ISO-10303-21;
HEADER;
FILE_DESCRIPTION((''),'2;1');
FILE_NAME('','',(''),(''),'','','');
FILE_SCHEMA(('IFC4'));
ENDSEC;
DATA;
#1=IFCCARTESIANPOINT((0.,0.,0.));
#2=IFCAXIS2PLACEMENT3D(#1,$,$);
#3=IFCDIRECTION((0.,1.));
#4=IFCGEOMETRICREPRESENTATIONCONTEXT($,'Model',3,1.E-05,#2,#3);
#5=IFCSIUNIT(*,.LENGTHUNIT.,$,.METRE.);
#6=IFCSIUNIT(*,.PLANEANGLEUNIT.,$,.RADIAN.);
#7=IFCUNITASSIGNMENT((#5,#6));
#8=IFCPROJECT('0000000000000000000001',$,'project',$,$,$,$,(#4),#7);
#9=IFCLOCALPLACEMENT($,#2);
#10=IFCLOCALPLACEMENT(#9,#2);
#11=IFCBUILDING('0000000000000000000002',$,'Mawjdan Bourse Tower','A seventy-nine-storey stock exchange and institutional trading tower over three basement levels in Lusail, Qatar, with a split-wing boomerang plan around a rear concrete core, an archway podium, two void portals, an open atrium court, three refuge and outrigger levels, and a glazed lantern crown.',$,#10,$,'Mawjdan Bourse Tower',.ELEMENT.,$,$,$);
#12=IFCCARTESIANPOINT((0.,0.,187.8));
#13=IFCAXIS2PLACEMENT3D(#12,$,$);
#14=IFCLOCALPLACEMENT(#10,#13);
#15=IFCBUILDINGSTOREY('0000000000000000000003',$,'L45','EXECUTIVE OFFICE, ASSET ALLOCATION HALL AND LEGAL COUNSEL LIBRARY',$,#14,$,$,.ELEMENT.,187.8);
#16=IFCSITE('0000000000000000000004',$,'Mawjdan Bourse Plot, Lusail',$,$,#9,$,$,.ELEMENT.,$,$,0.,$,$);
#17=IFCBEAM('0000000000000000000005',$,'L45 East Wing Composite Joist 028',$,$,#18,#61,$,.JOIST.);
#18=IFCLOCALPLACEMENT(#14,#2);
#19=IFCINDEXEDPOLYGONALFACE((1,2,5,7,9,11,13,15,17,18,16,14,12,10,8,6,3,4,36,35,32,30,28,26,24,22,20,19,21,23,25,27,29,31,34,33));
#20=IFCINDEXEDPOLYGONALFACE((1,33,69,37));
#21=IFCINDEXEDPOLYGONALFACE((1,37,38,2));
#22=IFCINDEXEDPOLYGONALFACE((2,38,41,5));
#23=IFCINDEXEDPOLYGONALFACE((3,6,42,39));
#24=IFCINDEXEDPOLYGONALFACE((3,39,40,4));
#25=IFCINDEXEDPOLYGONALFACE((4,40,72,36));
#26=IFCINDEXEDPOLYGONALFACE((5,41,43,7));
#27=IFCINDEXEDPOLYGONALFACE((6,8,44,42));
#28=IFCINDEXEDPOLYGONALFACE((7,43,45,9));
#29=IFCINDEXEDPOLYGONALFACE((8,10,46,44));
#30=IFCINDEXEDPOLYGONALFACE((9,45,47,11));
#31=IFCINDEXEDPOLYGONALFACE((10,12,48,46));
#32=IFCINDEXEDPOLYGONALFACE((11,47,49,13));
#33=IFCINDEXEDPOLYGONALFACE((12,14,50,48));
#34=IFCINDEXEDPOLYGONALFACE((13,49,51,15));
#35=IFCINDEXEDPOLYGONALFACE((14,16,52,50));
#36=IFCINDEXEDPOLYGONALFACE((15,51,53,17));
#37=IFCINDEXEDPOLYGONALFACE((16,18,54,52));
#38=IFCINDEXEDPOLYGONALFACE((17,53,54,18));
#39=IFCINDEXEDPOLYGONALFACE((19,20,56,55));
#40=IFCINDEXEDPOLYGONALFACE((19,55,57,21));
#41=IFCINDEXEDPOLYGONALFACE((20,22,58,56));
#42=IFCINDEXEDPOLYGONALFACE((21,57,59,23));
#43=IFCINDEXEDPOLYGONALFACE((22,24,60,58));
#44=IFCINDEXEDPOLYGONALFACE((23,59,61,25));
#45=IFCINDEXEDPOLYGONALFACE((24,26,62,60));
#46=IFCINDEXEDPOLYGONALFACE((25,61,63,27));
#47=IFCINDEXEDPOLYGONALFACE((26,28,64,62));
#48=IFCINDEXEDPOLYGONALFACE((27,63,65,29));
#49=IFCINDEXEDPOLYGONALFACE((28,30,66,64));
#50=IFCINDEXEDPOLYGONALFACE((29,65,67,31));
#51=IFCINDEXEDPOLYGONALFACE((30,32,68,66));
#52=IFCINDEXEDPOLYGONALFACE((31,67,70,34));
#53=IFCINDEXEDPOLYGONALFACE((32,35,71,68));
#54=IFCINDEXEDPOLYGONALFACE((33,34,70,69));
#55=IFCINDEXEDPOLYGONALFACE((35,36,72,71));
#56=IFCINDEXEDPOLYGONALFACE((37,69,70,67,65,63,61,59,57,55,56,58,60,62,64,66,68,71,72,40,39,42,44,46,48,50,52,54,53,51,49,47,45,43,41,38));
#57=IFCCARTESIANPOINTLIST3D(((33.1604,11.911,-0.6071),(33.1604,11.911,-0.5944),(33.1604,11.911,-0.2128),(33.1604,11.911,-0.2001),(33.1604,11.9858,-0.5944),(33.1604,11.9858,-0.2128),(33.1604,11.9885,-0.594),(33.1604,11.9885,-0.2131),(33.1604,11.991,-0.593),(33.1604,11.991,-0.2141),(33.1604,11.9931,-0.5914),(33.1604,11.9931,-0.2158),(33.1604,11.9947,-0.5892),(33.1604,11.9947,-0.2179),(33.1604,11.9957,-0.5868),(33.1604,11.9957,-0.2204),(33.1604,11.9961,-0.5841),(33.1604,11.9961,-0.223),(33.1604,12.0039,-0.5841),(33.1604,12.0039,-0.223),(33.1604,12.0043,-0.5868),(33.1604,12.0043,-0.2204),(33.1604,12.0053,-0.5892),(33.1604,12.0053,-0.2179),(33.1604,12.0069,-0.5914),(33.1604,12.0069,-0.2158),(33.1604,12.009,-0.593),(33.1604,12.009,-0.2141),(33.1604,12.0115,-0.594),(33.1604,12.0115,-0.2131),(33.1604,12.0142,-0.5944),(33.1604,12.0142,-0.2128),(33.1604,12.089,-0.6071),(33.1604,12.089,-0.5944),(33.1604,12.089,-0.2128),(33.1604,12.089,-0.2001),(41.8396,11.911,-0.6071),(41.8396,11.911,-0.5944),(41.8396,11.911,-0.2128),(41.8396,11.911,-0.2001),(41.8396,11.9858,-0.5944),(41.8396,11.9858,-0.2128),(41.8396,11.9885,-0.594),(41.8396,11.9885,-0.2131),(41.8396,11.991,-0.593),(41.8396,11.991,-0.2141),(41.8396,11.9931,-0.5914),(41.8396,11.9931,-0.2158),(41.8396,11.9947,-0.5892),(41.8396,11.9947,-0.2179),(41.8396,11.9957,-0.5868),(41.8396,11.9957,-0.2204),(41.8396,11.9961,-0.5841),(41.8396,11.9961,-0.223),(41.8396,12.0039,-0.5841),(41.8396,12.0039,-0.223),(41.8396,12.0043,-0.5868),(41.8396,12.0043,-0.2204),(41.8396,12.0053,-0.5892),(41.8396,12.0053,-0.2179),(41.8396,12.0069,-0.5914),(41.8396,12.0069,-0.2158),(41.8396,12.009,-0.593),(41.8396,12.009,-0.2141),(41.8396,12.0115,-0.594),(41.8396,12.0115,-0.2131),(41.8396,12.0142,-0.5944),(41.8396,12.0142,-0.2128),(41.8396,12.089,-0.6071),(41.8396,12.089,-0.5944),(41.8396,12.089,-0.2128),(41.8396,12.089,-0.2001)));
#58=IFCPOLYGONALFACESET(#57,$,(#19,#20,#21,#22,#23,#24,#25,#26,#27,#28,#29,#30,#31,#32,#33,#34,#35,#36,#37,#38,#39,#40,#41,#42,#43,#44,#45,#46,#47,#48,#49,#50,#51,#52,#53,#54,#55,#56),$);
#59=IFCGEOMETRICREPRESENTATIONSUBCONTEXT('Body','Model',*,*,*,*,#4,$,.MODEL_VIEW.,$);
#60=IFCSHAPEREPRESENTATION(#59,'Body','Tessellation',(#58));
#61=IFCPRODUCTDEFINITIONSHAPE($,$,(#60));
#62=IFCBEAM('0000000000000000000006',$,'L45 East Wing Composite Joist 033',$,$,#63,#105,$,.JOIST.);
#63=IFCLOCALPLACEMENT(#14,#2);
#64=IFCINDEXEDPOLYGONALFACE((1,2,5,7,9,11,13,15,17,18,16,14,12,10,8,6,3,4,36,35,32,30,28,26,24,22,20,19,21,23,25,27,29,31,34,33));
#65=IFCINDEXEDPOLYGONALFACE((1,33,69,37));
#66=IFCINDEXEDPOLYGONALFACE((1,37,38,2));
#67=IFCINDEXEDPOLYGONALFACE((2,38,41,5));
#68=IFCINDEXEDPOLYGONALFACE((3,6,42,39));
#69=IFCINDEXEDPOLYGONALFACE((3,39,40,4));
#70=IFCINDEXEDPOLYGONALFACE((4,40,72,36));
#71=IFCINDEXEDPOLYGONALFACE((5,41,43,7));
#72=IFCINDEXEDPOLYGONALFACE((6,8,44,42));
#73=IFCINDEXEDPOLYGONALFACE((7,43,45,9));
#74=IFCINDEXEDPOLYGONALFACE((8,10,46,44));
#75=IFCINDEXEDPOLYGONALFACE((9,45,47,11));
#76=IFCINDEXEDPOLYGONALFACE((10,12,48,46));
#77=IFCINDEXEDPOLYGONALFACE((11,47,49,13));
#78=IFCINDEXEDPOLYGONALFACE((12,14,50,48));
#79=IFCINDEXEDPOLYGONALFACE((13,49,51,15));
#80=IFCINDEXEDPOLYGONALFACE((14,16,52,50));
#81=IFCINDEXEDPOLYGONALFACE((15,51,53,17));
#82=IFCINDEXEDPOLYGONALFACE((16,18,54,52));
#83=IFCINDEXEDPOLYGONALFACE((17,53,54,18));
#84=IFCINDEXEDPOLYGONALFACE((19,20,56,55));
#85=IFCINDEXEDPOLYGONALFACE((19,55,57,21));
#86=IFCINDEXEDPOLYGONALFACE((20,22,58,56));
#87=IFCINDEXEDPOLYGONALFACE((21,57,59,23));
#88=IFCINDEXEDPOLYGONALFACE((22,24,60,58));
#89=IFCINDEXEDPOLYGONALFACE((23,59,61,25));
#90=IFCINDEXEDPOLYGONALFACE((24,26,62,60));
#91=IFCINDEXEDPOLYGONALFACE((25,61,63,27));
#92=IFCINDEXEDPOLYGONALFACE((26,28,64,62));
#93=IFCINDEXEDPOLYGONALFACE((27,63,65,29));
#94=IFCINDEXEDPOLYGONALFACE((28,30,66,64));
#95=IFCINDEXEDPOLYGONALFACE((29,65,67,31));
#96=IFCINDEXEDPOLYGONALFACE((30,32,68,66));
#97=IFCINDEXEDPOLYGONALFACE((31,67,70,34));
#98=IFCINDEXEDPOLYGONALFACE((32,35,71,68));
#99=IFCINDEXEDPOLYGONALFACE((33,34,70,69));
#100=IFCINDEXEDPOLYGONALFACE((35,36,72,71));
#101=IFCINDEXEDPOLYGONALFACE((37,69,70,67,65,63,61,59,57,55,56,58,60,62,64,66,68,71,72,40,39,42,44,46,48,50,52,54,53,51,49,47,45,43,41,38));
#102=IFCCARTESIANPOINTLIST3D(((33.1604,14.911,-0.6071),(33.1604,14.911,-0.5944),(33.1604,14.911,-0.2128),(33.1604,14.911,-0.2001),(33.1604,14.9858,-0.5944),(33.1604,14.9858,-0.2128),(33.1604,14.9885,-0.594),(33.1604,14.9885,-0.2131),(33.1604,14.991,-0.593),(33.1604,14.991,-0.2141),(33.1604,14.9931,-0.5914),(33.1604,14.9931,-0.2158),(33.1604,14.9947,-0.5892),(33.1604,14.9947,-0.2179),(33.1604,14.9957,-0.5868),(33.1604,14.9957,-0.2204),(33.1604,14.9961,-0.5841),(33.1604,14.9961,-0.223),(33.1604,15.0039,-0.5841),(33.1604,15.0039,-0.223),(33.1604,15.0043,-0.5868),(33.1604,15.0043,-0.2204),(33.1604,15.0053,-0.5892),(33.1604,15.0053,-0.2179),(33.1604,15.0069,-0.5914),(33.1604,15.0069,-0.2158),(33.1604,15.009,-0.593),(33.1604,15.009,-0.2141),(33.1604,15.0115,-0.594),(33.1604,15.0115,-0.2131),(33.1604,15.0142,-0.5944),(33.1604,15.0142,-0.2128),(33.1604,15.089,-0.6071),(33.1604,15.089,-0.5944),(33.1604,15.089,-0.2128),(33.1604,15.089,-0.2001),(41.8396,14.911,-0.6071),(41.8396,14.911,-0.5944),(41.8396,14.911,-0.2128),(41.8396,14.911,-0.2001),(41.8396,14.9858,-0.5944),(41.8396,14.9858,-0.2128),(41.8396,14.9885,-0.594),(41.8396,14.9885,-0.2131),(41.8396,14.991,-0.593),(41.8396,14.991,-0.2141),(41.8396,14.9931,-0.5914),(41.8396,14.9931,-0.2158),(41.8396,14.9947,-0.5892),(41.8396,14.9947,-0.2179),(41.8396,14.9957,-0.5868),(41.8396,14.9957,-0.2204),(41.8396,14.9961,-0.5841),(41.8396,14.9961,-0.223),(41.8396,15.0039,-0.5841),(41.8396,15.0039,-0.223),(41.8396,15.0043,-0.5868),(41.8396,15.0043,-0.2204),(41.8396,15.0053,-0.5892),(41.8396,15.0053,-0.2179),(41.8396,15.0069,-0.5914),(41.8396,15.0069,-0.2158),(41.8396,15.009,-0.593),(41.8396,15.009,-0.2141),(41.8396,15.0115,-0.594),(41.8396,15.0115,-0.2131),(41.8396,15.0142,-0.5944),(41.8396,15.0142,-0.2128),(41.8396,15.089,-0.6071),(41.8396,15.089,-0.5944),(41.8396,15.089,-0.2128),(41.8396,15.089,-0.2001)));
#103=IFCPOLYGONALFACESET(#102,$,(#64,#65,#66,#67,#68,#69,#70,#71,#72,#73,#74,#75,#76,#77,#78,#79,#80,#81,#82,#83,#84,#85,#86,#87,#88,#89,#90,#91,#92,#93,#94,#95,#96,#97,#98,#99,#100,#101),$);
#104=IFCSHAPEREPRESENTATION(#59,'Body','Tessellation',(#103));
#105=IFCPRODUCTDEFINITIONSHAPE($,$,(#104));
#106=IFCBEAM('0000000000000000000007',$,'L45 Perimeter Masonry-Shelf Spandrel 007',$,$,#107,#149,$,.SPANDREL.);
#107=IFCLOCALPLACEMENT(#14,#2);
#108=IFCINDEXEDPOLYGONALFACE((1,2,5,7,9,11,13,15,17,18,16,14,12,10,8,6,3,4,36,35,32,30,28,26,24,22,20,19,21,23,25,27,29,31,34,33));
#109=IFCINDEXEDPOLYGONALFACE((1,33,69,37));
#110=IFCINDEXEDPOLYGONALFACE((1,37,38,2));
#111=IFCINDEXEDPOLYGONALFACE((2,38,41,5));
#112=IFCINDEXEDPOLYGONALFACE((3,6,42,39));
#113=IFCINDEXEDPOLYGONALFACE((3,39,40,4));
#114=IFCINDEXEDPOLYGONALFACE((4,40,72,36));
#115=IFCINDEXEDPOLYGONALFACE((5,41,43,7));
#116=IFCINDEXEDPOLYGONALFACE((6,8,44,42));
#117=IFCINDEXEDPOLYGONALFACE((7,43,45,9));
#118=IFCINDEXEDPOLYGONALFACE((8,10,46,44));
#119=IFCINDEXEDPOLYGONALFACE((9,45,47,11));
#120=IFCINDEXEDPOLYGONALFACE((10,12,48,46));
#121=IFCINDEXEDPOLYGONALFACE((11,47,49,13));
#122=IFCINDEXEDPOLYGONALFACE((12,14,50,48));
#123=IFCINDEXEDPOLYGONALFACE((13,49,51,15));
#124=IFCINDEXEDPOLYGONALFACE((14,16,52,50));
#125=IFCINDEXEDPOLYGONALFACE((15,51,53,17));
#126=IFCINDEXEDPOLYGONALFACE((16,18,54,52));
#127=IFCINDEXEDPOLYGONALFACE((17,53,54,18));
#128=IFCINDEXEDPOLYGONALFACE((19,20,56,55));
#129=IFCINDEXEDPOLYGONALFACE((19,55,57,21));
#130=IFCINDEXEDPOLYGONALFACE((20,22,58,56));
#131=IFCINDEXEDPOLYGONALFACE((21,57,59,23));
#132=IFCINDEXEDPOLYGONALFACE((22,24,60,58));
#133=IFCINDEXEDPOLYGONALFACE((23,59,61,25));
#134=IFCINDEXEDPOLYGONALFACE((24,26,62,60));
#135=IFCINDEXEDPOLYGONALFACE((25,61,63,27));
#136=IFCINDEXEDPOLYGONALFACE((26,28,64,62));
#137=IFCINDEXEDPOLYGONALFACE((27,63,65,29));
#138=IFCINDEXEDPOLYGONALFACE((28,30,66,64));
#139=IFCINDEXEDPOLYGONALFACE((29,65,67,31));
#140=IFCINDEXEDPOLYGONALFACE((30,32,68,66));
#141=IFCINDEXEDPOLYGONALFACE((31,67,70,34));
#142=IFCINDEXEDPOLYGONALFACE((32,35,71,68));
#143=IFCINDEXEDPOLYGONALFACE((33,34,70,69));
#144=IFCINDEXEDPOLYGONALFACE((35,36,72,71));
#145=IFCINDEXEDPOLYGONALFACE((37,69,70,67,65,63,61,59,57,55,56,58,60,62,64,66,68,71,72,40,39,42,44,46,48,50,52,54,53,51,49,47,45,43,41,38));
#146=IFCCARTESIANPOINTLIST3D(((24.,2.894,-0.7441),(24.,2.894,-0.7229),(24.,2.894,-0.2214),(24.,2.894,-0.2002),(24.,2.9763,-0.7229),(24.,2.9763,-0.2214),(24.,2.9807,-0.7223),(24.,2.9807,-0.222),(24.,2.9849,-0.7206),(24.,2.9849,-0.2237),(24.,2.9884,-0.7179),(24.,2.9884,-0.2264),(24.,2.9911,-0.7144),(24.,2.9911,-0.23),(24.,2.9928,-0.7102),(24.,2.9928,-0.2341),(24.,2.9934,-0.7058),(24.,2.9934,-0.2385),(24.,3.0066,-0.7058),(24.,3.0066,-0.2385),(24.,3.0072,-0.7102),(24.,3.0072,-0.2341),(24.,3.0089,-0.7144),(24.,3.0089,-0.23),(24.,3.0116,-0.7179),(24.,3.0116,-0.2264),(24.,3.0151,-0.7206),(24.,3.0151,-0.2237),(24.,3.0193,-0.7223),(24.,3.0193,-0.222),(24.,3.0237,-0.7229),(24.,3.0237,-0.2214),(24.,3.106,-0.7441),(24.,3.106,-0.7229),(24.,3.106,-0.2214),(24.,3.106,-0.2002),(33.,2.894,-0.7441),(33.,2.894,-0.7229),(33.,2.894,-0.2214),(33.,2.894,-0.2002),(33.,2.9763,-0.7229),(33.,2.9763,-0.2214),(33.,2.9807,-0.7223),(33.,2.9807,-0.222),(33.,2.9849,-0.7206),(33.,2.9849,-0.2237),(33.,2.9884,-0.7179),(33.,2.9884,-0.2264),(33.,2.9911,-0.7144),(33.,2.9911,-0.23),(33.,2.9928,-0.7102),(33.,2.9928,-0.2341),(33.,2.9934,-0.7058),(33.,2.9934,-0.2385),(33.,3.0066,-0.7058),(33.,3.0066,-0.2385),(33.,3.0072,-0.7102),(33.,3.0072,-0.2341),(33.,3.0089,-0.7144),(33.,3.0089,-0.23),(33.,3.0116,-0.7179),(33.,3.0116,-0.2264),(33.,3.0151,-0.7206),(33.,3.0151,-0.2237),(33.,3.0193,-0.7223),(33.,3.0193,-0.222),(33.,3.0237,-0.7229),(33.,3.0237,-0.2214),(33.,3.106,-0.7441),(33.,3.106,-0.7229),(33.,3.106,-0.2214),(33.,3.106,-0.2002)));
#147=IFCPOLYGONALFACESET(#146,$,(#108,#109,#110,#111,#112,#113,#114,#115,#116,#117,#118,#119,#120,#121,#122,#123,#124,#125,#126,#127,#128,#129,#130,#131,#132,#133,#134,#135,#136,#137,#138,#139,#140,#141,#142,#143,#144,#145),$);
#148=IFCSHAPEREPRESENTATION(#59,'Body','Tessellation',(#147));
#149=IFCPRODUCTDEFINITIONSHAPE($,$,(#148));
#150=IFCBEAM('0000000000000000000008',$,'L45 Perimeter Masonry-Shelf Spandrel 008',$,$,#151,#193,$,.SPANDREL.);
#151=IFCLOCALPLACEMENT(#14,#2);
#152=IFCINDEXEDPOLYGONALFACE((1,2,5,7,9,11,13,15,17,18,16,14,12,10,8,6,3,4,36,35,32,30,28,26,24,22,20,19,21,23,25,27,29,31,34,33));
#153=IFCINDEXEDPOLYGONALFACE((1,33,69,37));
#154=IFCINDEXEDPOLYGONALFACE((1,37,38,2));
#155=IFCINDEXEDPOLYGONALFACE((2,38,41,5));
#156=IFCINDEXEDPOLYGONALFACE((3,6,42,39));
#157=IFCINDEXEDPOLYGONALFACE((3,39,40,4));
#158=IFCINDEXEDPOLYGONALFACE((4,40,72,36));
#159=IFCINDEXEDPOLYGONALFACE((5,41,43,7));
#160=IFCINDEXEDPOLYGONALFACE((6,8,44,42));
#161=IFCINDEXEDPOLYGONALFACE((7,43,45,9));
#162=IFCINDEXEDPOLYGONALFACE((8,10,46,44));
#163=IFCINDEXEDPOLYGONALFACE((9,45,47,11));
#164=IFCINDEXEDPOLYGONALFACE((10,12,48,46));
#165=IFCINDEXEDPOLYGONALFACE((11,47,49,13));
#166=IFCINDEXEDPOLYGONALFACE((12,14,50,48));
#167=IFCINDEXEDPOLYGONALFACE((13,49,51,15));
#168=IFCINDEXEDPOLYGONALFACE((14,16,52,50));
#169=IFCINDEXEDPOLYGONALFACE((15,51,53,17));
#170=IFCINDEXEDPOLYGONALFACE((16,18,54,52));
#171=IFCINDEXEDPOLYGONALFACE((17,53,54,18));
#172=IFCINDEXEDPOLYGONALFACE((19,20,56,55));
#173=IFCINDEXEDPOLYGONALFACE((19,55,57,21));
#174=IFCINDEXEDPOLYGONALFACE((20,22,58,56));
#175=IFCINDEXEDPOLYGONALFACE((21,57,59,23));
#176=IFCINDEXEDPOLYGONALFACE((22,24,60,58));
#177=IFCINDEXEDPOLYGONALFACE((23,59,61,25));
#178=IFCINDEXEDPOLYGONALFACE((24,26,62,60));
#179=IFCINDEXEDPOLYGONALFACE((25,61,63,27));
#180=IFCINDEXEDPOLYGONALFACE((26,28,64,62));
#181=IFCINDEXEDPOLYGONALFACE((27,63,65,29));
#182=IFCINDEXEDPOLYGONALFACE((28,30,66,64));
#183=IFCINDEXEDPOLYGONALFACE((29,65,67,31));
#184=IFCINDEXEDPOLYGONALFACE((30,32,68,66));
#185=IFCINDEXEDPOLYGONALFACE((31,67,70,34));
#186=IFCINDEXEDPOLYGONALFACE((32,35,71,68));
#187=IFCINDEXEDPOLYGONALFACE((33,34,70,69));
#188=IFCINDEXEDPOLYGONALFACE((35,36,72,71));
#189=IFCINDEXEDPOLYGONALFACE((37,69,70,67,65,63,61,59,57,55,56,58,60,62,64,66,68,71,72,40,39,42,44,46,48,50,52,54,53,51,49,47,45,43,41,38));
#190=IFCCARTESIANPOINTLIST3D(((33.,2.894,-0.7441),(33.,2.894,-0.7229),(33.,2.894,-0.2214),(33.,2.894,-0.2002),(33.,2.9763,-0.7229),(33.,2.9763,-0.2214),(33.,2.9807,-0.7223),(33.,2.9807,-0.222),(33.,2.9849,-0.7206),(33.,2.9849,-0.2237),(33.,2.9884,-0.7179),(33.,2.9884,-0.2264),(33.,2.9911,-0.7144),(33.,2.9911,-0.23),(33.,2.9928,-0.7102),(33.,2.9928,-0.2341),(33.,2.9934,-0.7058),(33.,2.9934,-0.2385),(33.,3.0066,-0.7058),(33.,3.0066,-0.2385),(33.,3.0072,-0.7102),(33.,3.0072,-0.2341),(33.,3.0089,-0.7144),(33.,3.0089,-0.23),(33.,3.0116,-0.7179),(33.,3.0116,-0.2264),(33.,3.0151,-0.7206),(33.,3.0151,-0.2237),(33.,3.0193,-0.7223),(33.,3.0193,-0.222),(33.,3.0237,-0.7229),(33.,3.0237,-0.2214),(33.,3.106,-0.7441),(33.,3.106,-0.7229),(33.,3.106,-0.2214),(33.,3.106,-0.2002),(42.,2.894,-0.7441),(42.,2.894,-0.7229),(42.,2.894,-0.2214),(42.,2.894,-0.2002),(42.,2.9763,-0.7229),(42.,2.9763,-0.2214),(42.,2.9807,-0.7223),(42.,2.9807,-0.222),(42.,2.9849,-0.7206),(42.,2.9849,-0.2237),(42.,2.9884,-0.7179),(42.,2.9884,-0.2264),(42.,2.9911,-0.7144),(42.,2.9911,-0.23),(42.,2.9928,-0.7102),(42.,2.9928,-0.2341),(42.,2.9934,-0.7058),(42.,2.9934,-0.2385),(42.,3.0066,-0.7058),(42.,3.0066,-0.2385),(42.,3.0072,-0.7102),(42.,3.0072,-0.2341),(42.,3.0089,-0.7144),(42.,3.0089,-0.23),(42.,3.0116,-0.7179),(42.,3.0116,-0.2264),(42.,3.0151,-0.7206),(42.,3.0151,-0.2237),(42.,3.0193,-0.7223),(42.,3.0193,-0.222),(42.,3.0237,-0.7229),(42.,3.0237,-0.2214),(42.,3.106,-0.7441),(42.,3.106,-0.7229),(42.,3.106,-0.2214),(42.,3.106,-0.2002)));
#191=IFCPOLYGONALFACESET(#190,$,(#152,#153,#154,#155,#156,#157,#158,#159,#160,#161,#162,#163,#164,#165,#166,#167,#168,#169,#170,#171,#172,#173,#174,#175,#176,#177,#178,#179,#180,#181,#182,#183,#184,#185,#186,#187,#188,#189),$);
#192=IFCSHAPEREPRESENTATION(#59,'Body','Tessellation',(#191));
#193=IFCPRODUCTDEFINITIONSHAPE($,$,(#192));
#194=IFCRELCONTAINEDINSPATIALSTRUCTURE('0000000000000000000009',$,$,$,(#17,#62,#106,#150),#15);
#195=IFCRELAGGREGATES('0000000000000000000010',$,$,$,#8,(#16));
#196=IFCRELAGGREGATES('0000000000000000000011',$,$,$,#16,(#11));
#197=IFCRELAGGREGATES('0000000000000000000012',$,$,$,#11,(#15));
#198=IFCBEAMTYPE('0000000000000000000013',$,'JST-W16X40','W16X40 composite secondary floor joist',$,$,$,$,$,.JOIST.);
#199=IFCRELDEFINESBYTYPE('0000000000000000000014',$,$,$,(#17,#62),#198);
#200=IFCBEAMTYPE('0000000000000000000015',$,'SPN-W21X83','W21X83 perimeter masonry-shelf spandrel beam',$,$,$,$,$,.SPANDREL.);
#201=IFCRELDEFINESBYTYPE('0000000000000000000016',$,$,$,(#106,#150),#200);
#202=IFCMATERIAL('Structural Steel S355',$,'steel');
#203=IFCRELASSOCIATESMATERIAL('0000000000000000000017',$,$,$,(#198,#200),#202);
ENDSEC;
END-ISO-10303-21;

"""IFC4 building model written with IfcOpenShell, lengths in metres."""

from ifc_helpers import new_model, si_unit, direction, frame, origin, origin_2d, place, context, subcontext, project, spatial, i_section, extrude, material, material_profile, profile_set, type_object, element, save


model = new_model("IFC4")

# Units and contexts
model_context = context("Model", 3, precision=1e-05, world=origin(), true_north=direction((0.0, 1.0)))
body_context = subcontext(model_context, "Body", "Model", "MODEL_VIEW")
ifc_project = project(units=[si_unit("LENGTHUNIT", "METRE"), si_unit("PLANEANGLEUNIT", "RADIAN")], contexts=[model_context])

# Site, building, storey
site_placement = place(None, origin())
site = spatial("IfcSite", under=ifc_project, at=site_placement, Name="Mawjdan Bourse Plot, Lusail", CompositionType="ELEMENT", RefElevation=0.0)
building_placement = place(site_placement, origin())
building = spatial("IfcBuilding", under=site, at=building_placement, Name="Mawjdan Bourse Tower", Description="A seventy-nine-storey stock exchange and institutional trading tower over three basement levels in Lusail, Qatar, with a split-wing boomerang plan around a rear concrete core, an archway podium, two void portals, an open atrium court, three refuge and outrigger levels, and a glazed lantern crown.", LongName="Mawjdan Bourse Tower", CompositionType="ELEMENT")
storey_placement = place(building_placement, frame((0.0, 0.0, 187.8)))
storey = spatial("IfcBuildingStorey", under=building, at=storey_placement, Name="L45", Description="EXECUTIVE OFFICE, ASSET ALLOCATION HALL AND LEGAL COUNSEL LIBRARY", CompositionType="ELEMENT", Elevation=187.8)

# Beams
ifc_material_1 = material(Name="Structural Steel S355", Category="steel")
ifc_material_profile_1 = material_profile(ifc_material_1, i_section(OverallWidth=0.178, OverallDepth=0.407, WebThickness=0.0078, FlangeThickness=0.0127, FilletRadius=0.0103, at=origin_2d()), Name="W16X40")
ifc_profile_set_1 = profile_set([ifc_material_profile_1], Name="Structural Steel S355")
beam_type_1 = type_object("IfcBeamType", Name="JST-W16X40", Description="W16X40 composite secondary floor joist", PredefinedType="JOIST", material=ifc_profile_set_1)
for number, where, z_axis, x_axis, name in (
    (1, (33.1604, 12.0, -0.4036), (1.0, 0.0, 0.0), (0.0, 1.0, 0.0), "L45 East Wing Composite Joist 028"),
    (2, (33.1604, 15.0, -0.4036), (1.0, 0.0, 0.0), (0.0, 1.0, 0.0), "L45 East Wing Composite Joist 033"),
):
    element("IfcBeam", number, at=place(storey_placement, frame(where, z_axis=z_axis, x_axis=x_axis)), inside=storey, type_object=beam_type_1, Name=name, PredefinedType="JOIST", context=body_context, shape_type="SweptSolid", body=[
        extrude(i_section(OverallWidth=0.178, OverallDepth=0.407, WebThickness=0.0078, FlangeThickness=0.0127, FilletRadius=0.0103, at=origin_2d()), origin(), (0.0, 0.0, 1.0), 8.6792),
    ])
ifc_material_profile_2 = material_profile(ifc_material_1, i_section(OverallWidth=0.2119, OverallDepth=0.5439, WebThickness=0.0132, FlangeThickness=0.0212, FilletRadius=0.0171, at=origin_2d()), Name="W21X83")
ifc_profile_set_2 = profile_set([ifc_material_profile_2], Name="Structural Steel S355")
beam_type_2 = type_object("IfcBeamType", Name="SPN-W21X83", Description="W21X83 perimeter masonry-shelf spandrel beam", PredefinedType="SPANDREL", material=ifc_profile_set_2)
for number, where, z_axis, x_axis, name in (
    (3, (24.0, 3.0, -0.4722), (1.0, 0.0, 0.0), (0.0, 1.0, 0.0), "L45 Perimeter Masonry-Shelf Spandrel 007"),
    (4, (33.0, 3.0, -0.4722), (1.0, 0.0, 0.0), (0.0, 1.0, 0.0), "L45 Perimeter Masonry-Shelf Spandrel 008"),
):
    element("IfcBeam", number, at=place(storey_placement, frame(where, z_axis=z_axis, x_axis=x_axis)), inside=storey, type_object=beam_type_2, Name=name, PredefinedType="SPANDREL", context=body_context, shape_type="SweptSolid", body=[
        extrude(i_section(OverallWidth=0.2119, OverallDepth=0.5439, WebThickness=0.0132, FlangeThickness=0.0212, FilletRadius=0.0171, at=origin_2d()), origin(), (0.0, 0.0, 1.0), 9.0),
    ])

save(model, "model.ifc")
